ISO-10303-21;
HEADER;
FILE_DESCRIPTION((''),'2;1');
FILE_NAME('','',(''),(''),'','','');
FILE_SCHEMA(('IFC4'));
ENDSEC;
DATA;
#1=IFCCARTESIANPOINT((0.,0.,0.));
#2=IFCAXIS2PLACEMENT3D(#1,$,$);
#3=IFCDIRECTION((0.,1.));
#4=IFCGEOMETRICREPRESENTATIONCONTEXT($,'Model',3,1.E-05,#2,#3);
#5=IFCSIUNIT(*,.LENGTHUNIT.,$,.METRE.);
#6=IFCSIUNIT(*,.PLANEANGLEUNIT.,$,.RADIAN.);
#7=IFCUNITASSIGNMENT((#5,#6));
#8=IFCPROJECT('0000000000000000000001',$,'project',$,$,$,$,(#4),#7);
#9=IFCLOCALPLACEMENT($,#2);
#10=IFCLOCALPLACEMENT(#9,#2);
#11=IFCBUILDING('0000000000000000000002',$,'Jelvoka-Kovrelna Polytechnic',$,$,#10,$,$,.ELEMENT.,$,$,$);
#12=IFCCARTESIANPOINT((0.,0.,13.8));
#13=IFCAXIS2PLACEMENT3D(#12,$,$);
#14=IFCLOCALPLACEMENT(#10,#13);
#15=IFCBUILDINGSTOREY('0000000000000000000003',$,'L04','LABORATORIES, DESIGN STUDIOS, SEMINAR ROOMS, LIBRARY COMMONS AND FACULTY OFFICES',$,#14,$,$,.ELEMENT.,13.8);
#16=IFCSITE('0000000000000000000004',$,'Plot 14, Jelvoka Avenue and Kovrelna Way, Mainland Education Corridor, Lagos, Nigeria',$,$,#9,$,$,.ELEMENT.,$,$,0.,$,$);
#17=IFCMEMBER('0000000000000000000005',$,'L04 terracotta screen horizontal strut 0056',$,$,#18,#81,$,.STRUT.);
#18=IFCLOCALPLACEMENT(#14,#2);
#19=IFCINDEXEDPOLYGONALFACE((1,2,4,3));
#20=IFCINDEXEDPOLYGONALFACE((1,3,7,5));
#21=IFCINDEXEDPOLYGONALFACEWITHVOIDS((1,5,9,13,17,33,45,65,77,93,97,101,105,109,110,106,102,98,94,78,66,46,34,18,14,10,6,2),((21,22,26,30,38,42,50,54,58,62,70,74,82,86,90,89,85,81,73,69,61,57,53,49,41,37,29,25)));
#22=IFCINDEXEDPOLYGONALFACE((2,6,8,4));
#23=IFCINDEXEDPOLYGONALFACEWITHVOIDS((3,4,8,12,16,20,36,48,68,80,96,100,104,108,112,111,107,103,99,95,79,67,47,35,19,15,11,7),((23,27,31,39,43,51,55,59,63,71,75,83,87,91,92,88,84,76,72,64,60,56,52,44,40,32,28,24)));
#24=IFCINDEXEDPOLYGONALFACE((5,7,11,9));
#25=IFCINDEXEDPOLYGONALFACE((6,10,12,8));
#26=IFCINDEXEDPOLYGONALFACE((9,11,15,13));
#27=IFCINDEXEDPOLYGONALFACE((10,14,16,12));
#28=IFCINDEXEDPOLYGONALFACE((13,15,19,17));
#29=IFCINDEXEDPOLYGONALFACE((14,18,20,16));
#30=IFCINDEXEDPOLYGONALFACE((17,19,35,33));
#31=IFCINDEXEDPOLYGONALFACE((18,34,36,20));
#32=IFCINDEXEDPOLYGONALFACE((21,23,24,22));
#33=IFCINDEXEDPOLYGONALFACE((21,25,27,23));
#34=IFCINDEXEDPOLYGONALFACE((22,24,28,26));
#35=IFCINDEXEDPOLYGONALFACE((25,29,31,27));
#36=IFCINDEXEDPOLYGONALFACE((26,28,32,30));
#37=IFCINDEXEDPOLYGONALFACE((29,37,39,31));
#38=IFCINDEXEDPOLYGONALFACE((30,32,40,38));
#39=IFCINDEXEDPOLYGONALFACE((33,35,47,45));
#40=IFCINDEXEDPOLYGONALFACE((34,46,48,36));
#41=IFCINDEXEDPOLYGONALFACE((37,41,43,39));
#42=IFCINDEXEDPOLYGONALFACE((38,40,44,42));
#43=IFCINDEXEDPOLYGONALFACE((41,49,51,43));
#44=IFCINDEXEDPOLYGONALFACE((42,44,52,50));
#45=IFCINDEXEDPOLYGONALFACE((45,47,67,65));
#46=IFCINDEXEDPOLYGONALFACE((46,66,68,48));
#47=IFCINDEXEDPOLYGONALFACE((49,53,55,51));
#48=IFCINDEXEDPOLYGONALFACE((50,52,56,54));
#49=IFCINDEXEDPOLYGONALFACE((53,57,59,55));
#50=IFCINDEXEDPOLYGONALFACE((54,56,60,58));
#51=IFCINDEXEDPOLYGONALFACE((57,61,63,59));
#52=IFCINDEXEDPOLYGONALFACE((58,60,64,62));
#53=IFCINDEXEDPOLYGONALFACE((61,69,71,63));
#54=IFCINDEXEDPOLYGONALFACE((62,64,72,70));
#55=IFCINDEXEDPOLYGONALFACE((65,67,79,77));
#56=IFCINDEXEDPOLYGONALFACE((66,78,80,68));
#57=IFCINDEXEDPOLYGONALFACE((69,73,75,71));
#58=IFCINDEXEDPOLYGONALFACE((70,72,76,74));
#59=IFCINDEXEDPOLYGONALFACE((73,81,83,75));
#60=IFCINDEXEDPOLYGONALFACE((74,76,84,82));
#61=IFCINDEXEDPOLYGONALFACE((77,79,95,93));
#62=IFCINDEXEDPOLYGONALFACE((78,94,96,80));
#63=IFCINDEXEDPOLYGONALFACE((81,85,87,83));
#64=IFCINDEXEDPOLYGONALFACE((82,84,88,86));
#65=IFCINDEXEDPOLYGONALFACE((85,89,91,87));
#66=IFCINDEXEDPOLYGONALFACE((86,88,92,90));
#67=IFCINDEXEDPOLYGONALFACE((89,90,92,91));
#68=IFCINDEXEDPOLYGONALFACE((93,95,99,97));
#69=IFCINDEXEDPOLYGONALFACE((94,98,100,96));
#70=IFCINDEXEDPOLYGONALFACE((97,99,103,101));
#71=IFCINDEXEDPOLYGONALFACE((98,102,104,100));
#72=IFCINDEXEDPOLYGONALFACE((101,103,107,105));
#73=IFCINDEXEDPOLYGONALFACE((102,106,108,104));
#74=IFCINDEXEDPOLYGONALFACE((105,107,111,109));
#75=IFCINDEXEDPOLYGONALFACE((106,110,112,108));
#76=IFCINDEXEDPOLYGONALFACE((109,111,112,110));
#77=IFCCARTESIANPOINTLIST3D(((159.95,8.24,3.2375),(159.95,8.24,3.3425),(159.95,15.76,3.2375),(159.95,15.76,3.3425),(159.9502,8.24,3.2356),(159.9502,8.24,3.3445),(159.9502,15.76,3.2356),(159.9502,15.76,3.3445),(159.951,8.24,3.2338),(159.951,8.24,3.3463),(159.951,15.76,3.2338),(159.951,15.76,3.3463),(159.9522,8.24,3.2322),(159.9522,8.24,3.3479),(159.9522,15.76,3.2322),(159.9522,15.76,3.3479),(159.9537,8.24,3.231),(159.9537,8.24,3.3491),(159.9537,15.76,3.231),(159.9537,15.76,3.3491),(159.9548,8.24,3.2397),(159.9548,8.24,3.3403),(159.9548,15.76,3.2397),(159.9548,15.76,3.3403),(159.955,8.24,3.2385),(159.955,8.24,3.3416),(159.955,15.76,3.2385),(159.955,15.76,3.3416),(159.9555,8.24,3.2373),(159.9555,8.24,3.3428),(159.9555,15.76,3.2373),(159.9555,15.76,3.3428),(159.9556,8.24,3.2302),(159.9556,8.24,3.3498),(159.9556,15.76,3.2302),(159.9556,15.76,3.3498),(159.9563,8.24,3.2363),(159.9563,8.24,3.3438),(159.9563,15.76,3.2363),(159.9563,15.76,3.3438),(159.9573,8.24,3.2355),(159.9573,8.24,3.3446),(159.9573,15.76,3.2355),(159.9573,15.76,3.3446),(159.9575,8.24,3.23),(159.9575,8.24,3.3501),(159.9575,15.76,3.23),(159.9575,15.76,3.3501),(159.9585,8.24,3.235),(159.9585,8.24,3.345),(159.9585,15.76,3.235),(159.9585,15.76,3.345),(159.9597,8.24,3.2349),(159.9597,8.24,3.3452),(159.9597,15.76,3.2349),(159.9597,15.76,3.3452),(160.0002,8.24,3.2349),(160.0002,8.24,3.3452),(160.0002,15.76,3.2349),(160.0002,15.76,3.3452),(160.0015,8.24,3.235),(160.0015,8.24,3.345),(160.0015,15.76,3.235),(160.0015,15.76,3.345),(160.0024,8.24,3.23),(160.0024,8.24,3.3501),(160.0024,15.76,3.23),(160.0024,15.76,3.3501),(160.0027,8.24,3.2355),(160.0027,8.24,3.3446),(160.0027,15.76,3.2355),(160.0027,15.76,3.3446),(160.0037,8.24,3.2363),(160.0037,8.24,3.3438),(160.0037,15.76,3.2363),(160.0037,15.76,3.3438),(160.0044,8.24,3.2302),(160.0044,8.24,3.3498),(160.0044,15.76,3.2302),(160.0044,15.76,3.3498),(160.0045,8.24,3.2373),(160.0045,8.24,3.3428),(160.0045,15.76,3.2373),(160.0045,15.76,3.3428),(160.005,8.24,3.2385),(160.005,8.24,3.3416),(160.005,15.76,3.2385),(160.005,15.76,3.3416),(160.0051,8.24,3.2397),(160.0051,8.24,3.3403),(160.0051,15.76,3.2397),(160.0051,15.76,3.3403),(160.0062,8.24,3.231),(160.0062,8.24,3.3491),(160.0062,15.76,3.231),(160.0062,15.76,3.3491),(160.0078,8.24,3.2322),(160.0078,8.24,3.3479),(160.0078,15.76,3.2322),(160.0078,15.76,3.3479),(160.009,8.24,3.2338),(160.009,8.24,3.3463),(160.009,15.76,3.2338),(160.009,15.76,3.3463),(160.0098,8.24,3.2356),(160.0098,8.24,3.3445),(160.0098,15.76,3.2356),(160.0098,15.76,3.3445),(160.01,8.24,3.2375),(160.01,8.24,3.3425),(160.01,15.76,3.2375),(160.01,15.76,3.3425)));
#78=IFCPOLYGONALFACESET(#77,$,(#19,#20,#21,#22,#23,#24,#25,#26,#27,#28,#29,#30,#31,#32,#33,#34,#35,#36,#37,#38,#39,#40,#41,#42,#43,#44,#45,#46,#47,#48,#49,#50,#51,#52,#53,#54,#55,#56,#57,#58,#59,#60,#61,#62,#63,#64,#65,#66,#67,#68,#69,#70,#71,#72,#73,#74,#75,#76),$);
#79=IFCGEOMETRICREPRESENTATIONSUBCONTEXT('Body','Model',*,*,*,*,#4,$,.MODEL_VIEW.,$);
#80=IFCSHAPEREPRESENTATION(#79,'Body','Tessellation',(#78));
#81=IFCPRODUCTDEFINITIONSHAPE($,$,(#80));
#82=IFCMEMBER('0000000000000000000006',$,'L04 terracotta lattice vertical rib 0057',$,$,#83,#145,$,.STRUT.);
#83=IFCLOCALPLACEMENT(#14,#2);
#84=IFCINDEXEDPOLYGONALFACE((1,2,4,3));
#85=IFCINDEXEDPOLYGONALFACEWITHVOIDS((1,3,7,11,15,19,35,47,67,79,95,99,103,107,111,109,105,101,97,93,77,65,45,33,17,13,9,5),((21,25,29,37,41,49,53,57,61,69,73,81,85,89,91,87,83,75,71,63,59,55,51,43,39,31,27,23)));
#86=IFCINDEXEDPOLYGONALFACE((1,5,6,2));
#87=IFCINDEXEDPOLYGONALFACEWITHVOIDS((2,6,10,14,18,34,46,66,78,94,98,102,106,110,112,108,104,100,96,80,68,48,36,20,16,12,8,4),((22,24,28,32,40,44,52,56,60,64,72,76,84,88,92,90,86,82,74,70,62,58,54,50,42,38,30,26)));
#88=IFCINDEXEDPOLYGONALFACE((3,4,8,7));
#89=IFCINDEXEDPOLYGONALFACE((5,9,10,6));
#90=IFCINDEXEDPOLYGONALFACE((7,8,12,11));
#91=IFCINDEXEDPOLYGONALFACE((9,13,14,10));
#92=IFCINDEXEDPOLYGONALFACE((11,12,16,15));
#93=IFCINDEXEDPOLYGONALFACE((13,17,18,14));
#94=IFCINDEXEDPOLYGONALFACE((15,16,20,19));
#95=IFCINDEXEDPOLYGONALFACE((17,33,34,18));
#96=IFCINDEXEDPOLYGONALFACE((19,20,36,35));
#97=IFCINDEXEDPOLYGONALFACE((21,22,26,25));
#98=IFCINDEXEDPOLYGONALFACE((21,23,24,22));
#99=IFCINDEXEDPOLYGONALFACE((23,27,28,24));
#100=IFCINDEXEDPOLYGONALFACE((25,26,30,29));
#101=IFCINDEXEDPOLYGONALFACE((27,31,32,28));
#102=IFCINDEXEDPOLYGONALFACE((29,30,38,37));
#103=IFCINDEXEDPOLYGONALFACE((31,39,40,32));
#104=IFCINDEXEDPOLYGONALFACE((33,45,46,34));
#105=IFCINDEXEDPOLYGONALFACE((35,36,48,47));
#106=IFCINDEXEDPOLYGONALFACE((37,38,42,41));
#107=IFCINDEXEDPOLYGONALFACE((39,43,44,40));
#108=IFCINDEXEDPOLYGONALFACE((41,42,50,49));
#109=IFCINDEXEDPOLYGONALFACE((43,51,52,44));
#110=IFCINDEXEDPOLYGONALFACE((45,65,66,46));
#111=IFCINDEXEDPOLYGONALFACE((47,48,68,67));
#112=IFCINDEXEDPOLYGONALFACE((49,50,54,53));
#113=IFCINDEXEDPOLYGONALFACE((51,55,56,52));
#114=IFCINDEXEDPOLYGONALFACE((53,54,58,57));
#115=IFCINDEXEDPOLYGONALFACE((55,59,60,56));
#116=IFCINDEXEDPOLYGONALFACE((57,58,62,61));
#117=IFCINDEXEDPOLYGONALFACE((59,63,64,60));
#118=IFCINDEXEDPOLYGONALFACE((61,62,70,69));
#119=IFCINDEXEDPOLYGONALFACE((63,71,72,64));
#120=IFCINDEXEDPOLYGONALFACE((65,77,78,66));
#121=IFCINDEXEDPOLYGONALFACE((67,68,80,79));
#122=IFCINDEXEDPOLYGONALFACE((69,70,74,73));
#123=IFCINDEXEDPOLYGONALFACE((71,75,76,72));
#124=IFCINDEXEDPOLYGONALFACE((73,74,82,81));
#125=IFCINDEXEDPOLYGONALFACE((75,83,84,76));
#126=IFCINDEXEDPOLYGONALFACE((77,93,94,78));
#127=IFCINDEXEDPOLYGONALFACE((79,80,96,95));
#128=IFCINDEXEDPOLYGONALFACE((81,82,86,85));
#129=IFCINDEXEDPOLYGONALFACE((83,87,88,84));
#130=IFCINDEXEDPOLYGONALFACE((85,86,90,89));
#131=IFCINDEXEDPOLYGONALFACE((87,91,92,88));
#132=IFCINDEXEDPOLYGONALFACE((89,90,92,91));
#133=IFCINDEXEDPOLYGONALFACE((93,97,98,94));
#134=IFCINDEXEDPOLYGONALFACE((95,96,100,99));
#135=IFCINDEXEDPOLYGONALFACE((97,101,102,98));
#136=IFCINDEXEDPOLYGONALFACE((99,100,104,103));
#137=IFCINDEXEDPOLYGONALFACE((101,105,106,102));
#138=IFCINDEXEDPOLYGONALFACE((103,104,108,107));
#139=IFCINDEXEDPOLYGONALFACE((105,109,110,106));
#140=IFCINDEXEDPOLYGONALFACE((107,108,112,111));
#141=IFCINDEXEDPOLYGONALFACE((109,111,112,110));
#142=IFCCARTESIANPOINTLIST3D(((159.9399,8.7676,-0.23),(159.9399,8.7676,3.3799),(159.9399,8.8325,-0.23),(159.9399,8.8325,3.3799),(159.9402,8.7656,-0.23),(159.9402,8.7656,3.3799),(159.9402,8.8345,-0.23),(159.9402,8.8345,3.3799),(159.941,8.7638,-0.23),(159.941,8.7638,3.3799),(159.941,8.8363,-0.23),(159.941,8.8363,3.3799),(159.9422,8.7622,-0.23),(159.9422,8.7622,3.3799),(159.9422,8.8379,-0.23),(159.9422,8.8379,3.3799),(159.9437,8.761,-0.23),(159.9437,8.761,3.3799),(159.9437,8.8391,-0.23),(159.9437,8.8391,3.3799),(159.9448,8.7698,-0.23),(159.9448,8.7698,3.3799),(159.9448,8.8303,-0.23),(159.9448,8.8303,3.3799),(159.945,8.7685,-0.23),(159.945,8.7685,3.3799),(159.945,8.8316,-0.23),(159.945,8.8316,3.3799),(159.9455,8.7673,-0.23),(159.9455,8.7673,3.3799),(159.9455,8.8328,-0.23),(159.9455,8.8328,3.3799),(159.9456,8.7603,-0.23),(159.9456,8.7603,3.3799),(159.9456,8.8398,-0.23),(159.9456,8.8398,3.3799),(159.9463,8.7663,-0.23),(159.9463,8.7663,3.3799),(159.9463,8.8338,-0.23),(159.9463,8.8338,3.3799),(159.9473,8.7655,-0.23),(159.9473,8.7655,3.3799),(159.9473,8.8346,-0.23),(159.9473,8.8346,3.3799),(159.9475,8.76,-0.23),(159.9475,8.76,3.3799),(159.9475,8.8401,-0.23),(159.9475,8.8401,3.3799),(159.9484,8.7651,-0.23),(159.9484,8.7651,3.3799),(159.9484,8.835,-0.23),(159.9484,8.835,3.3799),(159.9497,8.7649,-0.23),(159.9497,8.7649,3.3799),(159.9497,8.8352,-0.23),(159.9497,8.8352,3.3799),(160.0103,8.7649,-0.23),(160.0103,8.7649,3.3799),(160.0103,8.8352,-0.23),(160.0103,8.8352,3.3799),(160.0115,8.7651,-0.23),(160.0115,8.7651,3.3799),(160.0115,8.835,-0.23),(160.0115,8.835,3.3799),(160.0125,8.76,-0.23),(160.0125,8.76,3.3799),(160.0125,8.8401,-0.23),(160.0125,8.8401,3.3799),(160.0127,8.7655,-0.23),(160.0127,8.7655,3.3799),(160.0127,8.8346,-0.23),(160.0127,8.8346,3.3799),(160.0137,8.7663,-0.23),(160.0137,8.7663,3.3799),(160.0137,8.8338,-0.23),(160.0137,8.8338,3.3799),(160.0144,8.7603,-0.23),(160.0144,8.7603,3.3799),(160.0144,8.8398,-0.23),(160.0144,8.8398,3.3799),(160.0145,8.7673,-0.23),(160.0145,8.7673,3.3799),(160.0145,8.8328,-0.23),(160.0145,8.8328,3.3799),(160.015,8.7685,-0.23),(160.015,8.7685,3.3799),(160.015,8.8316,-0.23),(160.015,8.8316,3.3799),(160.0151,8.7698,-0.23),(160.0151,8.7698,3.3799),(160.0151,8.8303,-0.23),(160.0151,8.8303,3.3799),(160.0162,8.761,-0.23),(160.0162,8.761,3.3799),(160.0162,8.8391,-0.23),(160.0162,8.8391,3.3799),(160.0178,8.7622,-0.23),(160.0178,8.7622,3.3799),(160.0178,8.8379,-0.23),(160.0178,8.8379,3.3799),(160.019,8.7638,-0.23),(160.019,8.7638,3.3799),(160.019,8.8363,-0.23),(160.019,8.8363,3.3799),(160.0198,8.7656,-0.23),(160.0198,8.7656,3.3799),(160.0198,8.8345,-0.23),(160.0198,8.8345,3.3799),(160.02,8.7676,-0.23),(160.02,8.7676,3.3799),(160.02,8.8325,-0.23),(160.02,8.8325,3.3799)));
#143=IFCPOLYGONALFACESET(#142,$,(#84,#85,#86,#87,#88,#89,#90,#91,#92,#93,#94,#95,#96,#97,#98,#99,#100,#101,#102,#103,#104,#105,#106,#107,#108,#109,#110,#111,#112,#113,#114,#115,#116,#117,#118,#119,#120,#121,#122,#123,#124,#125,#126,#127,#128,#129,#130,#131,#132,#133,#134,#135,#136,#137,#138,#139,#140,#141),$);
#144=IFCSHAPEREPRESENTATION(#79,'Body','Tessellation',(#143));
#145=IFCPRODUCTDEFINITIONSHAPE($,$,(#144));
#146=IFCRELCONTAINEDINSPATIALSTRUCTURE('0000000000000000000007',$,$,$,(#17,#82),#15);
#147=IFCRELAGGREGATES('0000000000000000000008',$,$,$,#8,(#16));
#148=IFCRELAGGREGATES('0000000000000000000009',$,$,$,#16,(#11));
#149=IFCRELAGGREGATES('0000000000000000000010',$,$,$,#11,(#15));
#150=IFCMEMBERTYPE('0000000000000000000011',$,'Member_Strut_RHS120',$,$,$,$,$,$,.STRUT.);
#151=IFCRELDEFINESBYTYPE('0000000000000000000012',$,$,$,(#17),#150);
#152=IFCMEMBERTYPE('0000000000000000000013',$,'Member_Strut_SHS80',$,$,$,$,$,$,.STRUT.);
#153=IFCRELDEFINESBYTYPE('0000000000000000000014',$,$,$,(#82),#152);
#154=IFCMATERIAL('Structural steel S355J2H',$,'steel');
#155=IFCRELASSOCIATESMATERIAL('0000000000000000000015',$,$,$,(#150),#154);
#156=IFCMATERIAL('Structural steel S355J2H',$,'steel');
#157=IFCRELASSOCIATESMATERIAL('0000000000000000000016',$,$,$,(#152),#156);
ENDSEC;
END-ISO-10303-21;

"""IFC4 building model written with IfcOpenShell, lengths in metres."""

from ifc_helpers import new_model, si_unit, direction, frame, origin, origin_2d, place, context, subcontext, project, spatial, hollow_rectangle, extrude, material, material_profile, profile_set, type_object, element, save


model = new_model("IFC4")

# Units and contexts
model_context = context("Model", 3, precision=1e-05, world=origin(), true_north=direction((0.0, 1.0)))
body_context = subcontext(model_context, "Body", "Model", "MODEL_VIEW")
ifc_project = project(units=[si_unit("LENGTHUNIT", "METRE"), si_unit("PLANEANGLEUNIT", "RADIAN")], contexts=[model_context])

# Site, building, storey
site_placement = place(None, origin())
site = spatial("IfcSite", under=ifc_project, at=site_placement, Name="Plot 14, Jelvoka Avenue and Kovrelna Way, Mainland Education Corridor, Lagos, Nigeria", CompositionType="ELEMENT", RefElevation=0.0)
building_placement = place(site_placement, origin())
building = spatial("IfcBuilding", under=site, at=building_placement, Name="Jelvoka-Kovrelna Polytechnic", CompositionType="ELEMENT")
storey_placement = place(building_placement, frame((0.0, 0.0, 13.8)))
storey = spatial("IfcBuildingStorey", under=building, at=storey_placement, Name="L04", Description="LABORATORIES, DESIGN STUDIOS, SEMINAR ROOMS, LIBRARY COMMONS AND FACULTY OFFICES", CompositionType="ELEMENT", Elevation=13.8)

# Members
ifc_material_1 = material(Name="Structural steel S355J2H", Category="steel")
ifc_material_profile_1 = material_profile(ifc_material_1, hollow_rectangle(XDim=0.0601, YDim=0.1201, WallThickness=0.0049, InnerFilletRadius=0.0049, OuterFilletRadius=0.0076, at=origin_2d()), Name="120x60x5.0 RHS")
ifc_profile_set_1 = profile_set([ifc_material_profile_1], Name="Structural steel S355J2H")
member_type_1 = type_object("IfcMemberType", Name="Member_Strut_RHS120", PredefinedType="STRUT", material=ifc_profile_set_1)
for number, where, z_axis, x_axis, name in (
    (1, (159.98, 8.24, 3.29), (0.0, 1.0, 0.0), (-1.0, 0.0, 0.0), "L04 terracotta screen horizontal strut 0056"),
):
    element("IfcMember", number, at=place(storey_placement, frame(where, z_axis=z_axis, x_axis=x_axis)), inside=storey, type_object=member_type_1, Name=name, PredefinedType="STRUT", context=body_context, shape_type="SweptSolid", body=[
        extrude(hollow_rectangle(XDim=0.0601, YDim=0.1201, WallThickness=0.0049, InnerFilletRadius=0.0049, OuterFilletRadius=0.0076, at=origin_2d()), origin(), (0.0, 0.0, 1.0), 7.52),
    ])
ifc_material_2 = material(Name="Structural steel S355J2H", Category="steel")
ifc_material_profile_2 = material_profile(ifc_material_2, hollow_rectangle(XDim=0.0801, YDim=0.0801, WallThickness=0.0049, InnerFilletRadius=0.0049, OuterFilletRadius=0.0076, at=origin_2d()), Name="80x80x5.0 SHS")
ifc_profile_set_2 = profile_set([ifc_material_profile_2], Name="Structural steel S355J2H")
member_type_2 = type_object("IfcMemberType", Name="Member_Strut_SHS80", PredefinedType="STRUT", material=ifc_profile_set_2)
for number, where, z_axis, x_axis, name in (
    (2, (159.98, 8.8, -0.23), (0.0, 0.0, 1.0), (1.0, 0.0, 0.0), "L04 terracotta lattice vertical rib 0057"),
):
    element("IfcMember", number, at=place(storey_placement, frame(where, z_axis=z_axis, x_axis=x_axis)), inside=storey, type_object=member_type_2, Name=name, PredefinedType="STRUT", context=body_context, shape_type="SweptSolid", body=[
        extrude(hollow_rectangle(XDim=0.0801, YDim=0.0801, WallThickness=0.0049, InnerFilletRadius=0.0049, OuterFilletRadius=0.0076, at=origin_2d()), origin(), (0.0, 0.0, 1.0), 3.6099),
    ])

save(model, "model.ifc")
